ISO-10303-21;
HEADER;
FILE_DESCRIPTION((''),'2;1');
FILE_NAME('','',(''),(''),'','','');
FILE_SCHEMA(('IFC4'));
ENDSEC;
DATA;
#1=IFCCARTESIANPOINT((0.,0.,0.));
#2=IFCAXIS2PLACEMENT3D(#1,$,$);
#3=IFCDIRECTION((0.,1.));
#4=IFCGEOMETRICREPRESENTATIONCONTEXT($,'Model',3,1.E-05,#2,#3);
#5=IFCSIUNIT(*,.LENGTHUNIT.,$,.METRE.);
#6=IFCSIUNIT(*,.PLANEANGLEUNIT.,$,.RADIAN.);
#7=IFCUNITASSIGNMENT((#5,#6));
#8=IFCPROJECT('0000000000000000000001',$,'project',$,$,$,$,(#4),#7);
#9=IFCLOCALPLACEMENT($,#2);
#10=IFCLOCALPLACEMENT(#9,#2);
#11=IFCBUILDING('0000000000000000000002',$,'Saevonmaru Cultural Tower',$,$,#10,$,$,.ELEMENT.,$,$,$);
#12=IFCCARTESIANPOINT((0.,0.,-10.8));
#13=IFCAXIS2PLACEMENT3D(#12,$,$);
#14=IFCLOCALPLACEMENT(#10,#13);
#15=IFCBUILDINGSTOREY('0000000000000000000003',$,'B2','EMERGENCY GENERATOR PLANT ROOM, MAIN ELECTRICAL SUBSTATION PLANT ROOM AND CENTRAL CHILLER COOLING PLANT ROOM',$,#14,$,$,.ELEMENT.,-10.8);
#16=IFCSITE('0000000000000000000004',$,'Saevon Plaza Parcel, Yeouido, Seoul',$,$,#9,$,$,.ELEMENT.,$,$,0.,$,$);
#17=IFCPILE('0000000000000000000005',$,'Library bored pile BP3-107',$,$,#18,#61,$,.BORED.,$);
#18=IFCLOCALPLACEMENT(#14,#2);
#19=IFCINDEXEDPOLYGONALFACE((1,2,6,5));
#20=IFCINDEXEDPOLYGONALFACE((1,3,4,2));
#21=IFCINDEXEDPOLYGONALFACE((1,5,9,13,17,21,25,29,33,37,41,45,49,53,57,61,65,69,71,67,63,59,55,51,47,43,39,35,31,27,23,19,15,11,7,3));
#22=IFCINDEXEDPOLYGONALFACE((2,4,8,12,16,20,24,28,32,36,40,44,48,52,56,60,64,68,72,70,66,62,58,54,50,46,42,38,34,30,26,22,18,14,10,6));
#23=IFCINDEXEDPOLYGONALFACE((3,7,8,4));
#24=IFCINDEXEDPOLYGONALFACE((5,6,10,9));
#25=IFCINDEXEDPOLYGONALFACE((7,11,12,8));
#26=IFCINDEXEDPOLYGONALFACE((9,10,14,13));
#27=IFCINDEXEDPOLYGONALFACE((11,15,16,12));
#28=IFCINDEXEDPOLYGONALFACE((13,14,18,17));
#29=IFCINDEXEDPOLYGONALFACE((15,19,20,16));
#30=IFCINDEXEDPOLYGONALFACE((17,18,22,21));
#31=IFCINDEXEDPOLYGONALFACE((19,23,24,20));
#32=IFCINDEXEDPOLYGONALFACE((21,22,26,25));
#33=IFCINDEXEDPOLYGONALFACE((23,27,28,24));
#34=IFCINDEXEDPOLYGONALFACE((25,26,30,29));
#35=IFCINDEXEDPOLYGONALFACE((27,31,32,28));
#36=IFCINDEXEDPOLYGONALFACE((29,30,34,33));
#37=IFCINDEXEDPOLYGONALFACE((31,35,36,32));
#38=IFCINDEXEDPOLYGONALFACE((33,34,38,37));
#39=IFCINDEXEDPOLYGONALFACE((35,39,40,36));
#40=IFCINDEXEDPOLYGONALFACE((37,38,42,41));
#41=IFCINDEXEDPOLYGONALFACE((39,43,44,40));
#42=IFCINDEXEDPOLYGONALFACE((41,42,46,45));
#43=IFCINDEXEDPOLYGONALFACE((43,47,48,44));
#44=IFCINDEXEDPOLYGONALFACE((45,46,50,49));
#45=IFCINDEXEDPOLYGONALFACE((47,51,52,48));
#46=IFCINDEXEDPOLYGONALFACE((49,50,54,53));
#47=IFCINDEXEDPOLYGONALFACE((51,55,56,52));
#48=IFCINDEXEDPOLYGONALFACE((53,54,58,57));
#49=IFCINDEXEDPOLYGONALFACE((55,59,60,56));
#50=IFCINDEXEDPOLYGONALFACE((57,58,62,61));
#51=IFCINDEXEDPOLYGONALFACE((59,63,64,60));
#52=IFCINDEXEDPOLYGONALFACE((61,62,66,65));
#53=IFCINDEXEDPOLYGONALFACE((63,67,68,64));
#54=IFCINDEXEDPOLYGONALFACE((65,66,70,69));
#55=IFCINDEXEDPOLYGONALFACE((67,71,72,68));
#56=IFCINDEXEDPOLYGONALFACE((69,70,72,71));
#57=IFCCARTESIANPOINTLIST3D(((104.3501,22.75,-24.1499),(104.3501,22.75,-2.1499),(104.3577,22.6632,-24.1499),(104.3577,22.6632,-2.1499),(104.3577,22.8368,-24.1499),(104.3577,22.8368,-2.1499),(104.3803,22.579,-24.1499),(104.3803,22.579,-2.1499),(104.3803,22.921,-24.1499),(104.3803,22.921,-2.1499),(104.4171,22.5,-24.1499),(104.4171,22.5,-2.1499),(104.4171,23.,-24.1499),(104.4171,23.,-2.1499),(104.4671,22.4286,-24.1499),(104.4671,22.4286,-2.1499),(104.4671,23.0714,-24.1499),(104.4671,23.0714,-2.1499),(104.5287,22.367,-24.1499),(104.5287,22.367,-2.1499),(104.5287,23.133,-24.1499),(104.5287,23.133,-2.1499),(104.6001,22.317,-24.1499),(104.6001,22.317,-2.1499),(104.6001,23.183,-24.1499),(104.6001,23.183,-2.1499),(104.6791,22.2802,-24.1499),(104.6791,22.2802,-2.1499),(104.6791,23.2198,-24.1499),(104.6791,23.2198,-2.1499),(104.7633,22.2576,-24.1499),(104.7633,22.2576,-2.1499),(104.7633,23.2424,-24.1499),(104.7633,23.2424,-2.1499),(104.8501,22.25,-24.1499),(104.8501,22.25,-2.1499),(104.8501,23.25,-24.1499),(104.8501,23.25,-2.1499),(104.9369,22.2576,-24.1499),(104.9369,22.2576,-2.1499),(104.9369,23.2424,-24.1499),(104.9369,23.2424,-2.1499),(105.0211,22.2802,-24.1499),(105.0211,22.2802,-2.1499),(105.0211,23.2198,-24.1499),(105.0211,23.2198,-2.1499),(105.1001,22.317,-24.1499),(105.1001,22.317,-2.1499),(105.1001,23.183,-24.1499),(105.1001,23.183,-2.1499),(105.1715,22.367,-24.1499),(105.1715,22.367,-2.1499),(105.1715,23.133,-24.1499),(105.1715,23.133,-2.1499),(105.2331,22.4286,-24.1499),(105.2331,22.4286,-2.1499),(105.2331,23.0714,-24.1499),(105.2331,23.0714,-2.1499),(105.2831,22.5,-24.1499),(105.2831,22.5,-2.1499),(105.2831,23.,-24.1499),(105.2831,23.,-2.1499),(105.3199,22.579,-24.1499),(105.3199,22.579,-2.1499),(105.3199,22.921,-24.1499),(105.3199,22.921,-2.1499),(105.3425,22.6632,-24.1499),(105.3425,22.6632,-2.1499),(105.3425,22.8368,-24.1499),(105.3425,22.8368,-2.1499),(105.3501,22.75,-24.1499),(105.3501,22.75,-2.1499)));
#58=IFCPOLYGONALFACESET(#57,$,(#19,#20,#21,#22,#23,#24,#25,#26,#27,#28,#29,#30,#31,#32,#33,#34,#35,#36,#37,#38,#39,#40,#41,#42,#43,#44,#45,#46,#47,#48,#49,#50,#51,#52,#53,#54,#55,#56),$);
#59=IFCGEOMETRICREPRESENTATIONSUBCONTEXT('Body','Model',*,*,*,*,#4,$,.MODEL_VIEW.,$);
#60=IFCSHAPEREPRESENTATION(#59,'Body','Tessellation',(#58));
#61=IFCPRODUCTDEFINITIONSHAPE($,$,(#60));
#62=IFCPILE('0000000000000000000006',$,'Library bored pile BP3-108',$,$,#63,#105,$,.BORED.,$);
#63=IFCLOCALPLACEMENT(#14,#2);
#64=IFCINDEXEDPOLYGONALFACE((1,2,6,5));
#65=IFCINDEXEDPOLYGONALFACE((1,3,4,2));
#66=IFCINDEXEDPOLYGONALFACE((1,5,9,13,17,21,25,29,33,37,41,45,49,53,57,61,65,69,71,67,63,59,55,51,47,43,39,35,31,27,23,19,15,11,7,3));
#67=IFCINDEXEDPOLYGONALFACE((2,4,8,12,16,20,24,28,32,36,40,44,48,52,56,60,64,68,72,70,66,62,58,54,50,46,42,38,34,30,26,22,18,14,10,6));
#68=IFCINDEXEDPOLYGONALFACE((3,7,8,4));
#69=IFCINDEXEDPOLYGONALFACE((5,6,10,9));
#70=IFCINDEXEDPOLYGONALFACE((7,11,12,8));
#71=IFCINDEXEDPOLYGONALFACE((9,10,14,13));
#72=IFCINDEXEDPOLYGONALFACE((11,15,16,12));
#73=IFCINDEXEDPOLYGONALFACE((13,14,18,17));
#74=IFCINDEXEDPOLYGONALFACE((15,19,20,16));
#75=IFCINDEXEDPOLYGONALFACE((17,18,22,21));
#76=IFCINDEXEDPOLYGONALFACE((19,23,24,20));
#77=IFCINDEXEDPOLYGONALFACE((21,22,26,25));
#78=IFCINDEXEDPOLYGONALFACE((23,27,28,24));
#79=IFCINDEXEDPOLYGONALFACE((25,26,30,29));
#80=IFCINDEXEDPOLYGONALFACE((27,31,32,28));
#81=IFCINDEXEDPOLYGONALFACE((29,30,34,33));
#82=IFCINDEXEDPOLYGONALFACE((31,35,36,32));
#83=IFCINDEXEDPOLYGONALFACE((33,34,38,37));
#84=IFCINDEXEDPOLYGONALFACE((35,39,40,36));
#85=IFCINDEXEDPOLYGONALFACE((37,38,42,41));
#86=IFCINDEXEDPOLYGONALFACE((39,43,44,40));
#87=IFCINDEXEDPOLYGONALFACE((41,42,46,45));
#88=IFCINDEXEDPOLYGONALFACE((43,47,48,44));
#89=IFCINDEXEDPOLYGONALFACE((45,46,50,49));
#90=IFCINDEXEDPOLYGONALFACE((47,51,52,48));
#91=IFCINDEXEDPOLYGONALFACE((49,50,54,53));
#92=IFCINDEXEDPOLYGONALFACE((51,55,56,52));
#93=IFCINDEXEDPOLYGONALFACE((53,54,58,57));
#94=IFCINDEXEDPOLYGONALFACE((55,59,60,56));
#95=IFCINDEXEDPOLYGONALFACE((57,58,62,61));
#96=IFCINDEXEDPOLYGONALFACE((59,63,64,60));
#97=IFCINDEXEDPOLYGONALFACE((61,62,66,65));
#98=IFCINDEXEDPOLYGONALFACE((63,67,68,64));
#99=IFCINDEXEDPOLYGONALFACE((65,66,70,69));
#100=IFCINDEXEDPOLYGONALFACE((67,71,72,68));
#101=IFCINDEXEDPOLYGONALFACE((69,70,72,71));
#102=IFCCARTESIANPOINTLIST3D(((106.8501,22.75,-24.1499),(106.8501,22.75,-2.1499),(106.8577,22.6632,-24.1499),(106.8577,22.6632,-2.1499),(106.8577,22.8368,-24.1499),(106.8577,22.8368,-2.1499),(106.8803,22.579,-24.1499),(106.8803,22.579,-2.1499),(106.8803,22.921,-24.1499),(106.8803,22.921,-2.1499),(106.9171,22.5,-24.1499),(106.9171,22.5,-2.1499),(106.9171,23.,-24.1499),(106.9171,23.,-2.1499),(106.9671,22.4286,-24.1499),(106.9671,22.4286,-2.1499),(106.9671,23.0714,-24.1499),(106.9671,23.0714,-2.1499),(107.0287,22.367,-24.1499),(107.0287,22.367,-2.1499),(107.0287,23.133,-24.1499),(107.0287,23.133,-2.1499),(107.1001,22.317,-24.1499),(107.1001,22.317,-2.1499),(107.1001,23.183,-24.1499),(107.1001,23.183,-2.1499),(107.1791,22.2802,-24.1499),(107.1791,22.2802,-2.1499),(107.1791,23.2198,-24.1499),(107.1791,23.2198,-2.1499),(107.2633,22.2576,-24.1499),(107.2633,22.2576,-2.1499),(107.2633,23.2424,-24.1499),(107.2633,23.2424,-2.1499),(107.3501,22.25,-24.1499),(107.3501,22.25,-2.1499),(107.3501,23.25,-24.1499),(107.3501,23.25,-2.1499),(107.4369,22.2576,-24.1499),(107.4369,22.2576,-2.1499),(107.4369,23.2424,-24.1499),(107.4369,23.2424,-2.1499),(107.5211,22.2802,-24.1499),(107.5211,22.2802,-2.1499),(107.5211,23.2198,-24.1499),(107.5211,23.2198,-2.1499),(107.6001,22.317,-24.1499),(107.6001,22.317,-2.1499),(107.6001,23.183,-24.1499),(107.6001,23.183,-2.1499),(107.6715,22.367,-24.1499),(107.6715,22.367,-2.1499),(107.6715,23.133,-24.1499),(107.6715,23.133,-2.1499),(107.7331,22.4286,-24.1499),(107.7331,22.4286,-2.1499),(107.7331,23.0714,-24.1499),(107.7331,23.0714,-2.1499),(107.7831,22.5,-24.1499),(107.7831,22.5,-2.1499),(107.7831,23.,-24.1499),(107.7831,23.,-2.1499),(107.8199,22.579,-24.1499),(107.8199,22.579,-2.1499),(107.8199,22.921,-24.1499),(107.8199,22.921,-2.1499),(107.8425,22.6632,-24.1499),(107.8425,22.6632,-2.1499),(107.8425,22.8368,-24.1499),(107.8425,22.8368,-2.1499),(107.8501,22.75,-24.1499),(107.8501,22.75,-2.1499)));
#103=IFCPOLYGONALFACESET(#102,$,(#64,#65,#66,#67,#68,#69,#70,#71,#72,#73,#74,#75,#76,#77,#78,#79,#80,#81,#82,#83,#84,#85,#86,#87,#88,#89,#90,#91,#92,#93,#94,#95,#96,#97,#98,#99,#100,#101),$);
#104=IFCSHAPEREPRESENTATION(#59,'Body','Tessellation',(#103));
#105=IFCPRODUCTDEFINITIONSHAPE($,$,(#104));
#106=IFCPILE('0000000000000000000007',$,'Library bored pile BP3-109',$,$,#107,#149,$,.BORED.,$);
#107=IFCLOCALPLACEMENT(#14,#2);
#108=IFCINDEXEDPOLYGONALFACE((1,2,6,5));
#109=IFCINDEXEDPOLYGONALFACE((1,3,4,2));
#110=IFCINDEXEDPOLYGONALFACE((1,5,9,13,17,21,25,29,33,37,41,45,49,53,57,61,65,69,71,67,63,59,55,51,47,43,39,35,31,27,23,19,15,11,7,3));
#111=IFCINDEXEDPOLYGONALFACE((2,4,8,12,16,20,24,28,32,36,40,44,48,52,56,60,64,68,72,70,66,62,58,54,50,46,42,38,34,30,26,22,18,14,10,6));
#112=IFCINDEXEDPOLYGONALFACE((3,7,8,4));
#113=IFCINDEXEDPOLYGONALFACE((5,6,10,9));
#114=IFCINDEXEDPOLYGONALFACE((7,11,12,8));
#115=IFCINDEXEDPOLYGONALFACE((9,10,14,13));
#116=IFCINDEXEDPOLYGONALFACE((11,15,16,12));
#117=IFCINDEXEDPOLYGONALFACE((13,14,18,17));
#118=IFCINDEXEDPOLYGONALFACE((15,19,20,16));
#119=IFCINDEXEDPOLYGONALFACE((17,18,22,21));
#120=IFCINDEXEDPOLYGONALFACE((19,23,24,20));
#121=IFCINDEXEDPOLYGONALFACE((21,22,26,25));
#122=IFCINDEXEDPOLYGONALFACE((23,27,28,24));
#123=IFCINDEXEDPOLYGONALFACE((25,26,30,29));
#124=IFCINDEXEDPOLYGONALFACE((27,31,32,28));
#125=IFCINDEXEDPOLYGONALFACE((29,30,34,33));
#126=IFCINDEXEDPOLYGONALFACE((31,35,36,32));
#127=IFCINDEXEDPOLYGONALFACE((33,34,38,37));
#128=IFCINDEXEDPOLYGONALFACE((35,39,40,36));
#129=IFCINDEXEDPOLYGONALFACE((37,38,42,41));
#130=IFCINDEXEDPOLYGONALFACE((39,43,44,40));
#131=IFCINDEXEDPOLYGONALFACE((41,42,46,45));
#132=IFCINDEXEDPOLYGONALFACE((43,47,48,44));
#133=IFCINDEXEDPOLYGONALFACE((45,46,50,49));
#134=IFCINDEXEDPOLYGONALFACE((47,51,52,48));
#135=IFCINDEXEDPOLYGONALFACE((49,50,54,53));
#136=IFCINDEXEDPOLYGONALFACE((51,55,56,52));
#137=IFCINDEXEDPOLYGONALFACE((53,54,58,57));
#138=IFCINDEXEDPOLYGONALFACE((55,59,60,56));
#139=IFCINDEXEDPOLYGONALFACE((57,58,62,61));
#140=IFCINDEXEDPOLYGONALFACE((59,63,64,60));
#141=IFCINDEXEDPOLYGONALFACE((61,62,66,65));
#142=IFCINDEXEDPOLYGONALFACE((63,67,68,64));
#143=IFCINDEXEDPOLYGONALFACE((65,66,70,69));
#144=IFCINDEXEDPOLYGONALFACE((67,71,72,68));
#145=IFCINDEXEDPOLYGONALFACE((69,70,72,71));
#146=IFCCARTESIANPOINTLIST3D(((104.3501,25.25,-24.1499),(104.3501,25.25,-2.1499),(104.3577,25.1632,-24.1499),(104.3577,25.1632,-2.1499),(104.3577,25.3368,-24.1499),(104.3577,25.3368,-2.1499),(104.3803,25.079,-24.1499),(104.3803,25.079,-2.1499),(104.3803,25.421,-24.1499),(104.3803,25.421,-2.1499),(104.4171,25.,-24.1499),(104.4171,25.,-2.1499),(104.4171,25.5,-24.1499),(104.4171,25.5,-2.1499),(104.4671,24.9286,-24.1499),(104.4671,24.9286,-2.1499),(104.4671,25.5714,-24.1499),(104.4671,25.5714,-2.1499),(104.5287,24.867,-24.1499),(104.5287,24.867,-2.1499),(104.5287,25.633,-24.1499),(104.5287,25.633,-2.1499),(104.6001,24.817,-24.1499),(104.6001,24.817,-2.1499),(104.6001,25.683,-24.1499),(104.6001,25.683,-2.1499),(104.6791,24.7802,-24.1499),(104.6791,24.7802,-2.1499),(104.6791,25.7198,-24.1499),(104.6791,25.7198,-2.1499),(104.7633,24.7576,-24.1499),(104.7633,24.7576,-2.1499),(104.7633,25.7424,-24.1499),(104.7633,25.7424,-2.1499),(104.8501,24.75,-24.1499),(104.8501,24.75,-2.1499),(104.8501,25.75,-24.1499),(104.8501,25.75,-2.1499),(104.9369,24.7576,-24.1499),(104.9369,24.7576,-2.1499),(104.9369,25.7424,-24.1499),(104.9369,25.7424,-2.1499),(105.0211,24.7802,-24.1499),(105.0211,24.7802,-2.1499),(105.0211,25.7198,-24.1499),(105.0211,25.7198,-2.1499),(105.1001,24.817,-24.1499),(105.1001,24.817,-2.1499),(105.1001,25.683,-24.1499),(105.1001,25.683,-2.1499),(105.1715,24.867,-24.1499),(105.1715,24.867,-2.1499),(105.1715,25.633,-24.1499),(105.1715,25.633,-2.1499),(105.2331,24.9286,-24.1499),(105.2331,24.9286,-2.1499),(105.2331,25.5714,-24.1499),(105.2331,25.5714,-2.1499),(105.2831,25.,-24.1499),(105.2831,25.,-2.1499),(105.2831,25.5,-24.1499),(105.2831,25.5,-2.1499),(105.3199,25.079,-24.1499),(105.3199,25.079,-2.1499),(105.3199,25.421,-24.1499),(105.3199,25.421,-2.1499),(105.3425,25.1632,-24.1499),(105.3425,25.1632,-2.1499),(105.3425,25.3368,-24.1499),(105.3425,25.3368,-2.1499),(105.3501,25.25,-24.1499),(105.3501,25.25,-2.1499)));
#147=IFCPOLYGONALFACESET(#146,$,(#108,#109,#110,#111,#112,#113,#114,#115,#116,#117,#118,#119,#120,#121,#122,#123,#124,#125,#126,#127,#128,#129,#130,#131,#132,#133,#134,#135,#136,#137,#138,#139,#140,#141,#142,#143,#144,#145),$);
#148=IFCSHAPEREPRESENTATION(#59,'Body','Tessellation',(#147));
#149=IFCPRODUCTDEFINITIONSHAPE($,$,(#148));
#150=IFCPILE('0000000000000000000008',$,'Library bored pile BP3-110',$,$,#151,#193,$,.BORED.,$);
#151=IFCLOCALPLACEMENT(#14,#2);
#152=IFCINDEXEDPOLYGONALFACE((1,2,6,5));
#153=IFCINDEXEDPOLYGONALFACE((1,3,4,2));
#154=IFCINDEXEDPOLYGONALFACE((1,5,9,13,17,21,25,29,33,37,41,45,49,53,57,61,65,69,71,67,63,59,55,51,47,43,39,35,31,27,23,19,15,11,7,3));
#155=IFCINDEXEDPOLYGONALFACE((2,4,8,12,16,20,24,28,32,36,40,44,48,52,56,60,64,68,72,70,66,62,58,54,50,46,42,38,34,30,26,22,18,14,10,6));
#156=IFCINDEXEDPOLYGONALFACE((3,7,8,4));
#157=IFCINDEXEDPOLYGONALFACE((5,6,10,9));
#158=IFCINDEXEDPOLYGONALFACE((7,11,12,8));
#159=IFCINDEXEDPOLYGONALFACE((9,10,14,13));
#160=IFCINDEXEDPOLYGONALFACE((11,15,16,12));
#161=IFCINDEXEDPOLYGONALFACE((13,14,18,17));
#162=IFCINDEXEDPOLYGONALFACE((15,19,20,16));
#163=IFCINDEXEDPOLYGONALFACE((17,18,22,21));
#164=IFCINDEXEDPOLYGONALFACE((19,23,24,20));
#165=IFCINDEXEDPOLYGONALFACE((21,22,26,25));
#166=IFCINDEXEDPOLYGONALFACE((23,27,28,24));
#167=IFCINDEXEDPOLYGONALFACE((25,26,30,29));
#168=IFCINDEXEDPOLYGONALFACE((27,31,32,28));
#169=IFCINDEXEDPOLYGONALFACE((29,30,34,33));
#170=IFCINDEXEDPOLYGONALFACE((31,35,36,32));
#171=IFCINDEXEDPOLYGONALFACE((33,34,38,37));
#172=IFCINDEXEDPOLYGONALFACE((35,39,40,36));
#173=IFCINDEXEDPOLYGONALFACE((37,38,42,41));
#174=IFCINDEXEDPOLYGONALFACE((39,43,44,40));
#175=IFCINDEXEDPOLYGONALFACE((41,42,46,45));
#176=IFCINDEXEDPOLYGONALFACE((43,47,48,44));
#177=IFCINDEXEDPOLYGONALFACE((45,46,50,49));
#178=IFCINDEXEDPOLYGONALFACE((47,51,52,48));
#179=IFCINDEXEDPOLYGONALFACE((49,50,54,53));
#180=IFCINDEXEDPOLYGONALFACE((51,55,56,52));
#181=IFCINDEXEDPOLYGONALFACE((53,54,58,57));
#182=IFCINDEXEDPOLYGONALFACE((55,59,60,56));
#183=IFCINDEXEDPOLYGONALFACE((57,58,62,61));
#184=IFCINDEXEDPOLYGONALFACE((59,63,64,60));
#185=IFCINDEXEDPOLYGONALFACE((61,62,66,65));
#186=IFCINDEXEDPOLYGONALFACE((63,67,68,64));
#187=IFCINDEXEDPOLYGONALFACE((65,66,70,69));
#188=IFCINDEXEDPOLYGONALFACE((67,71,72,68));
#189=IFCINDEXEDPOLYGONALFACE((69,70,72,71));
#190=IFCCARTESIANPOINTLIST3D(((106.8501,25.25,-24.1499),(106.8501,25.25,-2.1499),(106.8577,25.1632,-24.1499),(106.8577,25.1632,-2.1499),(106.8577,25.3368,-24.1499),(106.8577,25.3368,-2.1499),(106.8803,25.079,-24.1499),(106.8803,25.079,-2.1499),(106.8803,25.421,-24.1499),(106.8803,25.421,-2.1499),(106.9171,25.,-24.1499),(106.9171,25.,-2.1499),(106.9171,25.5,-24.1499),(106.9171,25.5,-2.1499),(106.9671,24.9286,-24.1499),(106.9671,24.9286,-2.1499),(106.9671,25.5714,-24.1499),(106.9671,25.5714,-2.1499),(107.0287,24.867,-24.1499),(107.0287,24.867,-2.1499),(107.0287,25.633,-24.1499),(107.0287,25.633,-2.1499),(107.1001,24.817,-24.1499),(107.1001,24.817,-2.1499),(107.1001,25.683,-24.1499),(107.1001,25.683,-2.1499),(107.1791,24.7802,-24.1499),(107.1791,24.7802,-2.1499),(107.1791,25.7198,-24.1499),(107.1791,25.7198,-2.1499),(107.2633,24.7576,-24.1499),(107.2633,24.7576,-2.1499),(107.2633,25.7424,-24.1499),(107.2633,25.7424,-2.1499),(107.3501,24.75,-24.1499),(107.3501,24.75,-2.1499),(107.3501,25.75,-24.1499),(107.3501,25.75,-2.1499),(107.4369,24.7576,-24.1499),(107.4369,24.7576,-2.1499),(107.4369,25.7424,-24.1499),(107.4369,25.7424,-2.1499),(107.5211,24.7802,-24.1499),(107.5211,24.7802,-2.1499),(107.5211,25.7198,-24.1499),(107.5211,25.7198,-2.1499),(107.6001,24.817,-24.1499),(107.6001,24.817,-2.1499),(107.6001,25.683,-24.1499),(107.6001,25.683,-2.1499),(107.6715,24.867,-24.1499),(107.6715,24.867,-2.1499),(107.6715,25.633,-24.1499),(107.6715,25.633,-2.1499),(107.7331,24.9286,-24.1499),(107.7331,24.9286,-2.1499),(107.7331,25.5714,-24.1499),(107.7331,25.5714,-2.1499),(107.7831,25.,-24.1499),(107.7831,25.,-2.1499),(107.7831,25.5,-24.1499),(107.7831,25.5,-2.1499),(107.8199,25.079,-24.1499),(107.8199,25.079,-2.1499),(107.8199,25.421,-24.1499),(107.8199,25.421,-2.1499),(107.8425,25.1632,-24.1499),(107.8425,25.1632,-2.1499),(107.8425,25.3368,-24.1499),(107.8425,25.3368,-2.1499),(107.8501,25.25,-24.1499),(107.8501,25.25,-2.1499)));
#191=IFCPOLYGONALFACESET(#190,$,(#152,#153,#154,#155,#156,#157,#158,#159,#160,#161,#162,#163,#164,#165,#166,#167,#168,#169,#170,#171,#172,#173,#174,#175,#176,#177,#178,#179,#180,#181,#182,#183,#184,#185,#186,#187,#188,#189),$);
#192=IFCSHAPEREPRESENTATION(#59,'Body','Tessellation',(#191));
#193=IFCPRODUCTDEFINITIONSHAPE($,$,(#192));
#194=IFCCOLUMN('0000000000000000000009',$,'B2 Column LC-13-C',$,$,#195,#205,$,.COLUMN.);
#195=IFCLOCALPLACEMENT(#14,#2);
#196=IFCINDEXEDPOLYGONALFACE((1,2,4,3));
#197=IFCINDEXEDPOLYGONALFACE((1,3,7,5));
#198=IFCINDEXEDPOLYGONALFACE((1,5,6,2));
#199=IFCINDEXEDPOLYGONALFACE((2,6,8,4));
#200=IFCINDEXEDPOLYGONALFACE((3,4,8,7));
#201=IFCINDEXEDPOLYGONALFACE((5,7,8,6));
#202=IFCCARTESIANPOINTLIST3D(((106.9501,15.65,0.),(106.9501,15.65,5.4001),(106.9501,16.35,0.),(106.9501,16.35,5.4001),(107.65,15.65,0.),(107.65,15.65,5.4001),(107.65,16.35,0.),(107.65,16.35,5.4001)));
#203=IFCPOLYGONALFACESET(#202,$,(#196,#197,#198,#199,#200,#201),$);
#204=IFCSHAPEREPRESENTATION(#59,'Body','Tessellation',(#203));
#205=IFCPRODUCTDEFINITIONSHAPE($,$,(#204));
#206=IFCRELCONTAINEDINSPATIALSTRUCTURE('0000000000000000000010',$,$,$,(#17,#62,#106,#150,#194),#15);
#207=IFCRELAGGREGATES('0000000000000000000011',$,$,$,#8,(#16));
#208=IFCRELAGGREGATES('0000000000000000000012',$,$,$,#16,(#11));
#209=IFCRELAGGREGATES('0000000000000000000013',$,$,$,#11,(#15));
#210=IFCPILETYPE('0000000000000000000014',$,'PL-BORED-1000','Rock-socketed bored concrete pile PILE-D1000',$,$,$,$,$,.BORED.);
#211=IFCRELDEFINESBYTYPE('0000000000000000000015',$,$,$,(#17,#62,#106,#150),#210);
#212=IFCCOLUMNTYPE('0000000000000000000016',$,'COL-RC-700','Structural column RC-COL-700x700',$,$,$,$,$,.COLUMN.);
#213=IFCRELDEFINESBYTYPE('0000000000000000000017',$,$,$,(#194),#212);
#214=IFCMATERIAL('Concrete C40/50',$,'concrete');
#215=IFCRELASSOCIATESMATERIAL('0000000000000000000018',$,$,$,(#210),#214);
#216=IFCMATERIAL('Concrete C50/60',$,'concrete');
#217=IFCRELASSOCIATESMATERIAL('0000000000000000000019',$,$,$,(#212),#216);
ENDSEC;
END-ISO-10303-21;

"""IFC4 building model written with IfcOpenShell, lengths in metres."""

from ifc_helpers import new_model, si_unit, direction, frame, origin, origin_2d, place, context, subcontext, project, spatial, rectangle, circle, extrude, material, material_profile, profile_set, type_object, element, save


model = new_model("IFC4")

# Units and contexts
model_context = context("Model", 3, precision=1e-05, world=origin(), true_north=direction((0.0, 1.0)))
body_context = subcontext(model_context, "Body", "Model", "MODEL_VIEW")
ifc_project = project(units=[si_unit("LENGTHUNIT", "METRE"), si_unit("PLANEANGLEUNIT", "RADIAN")], contexts=[model_context])

# Site, building, storey
site_placement = place(None, origin())
site = spatial("IfcSite", under=ifc_project, at=site_placement, Name="Saevon Plaza Parcel, Yeouido, Seoul", CompositionType="ELEMENT", RefElevation=0.0)
building_placement = place(site_placement, origin())
building = spatial("IfcBuilding", under=site, at=building_placement, Name="Saevonmaru Cultural Tower", CompositionType="ELEMENT")
storey_placement = place(building_placement, frame((0.0, 0.0, -10.8)))
storey = spatial("IfcBuildingStorey", under=building, at=storey_placement, Name="B2", Description="EMERGENCY GENERATOR PLANT ROOM, MAIN ELECTRICAL SUBSTATION PLANT ROOM AND CENTRAL CHILLER COOLING PLANT ROOM", CompositionType="ELEMENT", Elevation=-10.8)

# Shared definitions
ifc_material_1 = material(Name="Concrete C50/60", Category="concrete")

# Piles
ifc_material_2 = material(Name="Concrete C40/50", Category="concrete")
ifc_material_profile_1 = material_profile(ifc_material_2, circle(Radius=0.5, at=origin_2d()), Name="PILE-D1000")
ifc_profile_set_1 = profile_set([ifc_material_profile_1], Name="Concrete C40/50")
pile_type = type_object("IfcPileType", Name="PL-BORED-1000", Description="Rock-socketed bored concrete pile PILE-D1000", PredefinedType="BORED", material=ifc_profile_set_1)
for number, where, z_axis, x_axis, name in (
    (1, (104.8501, 22.75, -2.1499), (0.0, 0.0, -1.0), (1.0, 0.0, 0.0), "Library bored pile BP3-107"),
    (2, (107.3501, 22.75, -2.1499), (0.0, 0.0, -1.0), (1.0, 0.0, 0.0), "Library bored pile BP3-108"),
    (3, (104.8501, 25.25, -2.1499), (0.0, 0.0, -1.0), (1.0, 0.0, 0.0), "Library bored pile BP3-109"),
    (4, (107.3501, 25.25, -2.1499), (0.0, 0.0, -1.0), (1.0, 0.0, 0.0), "Library bored pile BP3-110"),
):
    element("IfcPile", number, at=place(storey_placement, frame(where, z_axis=z_axis, x_axis=x_axis)), inside=storey, type_object=pile_type, Name=name, PredefinedType="BORED", context=body_context, shape_type="SweptSolid", body=[
        extrude(circle(Radius=0.5, at=origin_2d()), origin(), (0.0, 0.0, 1.0), 22.0),
    ])

# Column
ifc_material_profile_2 = material_profile(ifc_material_1, rectangle(XDim=0.7, YDim=0.7, at=origin_2d()), Name="RC-COL-700x700")
ifc_profile_set_2 = profile_set([ifc_material_profile_2], Name="Concrete C50/60")
column_type_1 = type_object("IfcColumnType", Name="COL-RC-700", Description="Structural column RC-COL-700x700", PredefinedType="COLUMN", material=ifc_profile_set_2)
for number, where, z_axis, x_axis, name in (
    (5, (107.3, 16.0, 0.0), (0.0, 0.0, 1.0), (1.0, 0.0, 0.0), "B2 Column LC-13-C"),
):
    element("IfcColumn", number, at=place(storey_placement, frame(where, z_axis=z_axis, x_axis=x_axis)), inside=storey, type_object=column_type_1, Name=name, PredefinedType="COLUMN", context=body_context, shape_type="SweptSolid", body=[
        extrude(rectangle(XDim=0.7, YDim=0.7, at=origin_2d()), origin(), (0.0, 0.0, 1.0), 5.4001),
    ])

save(model, "model.ifc")
